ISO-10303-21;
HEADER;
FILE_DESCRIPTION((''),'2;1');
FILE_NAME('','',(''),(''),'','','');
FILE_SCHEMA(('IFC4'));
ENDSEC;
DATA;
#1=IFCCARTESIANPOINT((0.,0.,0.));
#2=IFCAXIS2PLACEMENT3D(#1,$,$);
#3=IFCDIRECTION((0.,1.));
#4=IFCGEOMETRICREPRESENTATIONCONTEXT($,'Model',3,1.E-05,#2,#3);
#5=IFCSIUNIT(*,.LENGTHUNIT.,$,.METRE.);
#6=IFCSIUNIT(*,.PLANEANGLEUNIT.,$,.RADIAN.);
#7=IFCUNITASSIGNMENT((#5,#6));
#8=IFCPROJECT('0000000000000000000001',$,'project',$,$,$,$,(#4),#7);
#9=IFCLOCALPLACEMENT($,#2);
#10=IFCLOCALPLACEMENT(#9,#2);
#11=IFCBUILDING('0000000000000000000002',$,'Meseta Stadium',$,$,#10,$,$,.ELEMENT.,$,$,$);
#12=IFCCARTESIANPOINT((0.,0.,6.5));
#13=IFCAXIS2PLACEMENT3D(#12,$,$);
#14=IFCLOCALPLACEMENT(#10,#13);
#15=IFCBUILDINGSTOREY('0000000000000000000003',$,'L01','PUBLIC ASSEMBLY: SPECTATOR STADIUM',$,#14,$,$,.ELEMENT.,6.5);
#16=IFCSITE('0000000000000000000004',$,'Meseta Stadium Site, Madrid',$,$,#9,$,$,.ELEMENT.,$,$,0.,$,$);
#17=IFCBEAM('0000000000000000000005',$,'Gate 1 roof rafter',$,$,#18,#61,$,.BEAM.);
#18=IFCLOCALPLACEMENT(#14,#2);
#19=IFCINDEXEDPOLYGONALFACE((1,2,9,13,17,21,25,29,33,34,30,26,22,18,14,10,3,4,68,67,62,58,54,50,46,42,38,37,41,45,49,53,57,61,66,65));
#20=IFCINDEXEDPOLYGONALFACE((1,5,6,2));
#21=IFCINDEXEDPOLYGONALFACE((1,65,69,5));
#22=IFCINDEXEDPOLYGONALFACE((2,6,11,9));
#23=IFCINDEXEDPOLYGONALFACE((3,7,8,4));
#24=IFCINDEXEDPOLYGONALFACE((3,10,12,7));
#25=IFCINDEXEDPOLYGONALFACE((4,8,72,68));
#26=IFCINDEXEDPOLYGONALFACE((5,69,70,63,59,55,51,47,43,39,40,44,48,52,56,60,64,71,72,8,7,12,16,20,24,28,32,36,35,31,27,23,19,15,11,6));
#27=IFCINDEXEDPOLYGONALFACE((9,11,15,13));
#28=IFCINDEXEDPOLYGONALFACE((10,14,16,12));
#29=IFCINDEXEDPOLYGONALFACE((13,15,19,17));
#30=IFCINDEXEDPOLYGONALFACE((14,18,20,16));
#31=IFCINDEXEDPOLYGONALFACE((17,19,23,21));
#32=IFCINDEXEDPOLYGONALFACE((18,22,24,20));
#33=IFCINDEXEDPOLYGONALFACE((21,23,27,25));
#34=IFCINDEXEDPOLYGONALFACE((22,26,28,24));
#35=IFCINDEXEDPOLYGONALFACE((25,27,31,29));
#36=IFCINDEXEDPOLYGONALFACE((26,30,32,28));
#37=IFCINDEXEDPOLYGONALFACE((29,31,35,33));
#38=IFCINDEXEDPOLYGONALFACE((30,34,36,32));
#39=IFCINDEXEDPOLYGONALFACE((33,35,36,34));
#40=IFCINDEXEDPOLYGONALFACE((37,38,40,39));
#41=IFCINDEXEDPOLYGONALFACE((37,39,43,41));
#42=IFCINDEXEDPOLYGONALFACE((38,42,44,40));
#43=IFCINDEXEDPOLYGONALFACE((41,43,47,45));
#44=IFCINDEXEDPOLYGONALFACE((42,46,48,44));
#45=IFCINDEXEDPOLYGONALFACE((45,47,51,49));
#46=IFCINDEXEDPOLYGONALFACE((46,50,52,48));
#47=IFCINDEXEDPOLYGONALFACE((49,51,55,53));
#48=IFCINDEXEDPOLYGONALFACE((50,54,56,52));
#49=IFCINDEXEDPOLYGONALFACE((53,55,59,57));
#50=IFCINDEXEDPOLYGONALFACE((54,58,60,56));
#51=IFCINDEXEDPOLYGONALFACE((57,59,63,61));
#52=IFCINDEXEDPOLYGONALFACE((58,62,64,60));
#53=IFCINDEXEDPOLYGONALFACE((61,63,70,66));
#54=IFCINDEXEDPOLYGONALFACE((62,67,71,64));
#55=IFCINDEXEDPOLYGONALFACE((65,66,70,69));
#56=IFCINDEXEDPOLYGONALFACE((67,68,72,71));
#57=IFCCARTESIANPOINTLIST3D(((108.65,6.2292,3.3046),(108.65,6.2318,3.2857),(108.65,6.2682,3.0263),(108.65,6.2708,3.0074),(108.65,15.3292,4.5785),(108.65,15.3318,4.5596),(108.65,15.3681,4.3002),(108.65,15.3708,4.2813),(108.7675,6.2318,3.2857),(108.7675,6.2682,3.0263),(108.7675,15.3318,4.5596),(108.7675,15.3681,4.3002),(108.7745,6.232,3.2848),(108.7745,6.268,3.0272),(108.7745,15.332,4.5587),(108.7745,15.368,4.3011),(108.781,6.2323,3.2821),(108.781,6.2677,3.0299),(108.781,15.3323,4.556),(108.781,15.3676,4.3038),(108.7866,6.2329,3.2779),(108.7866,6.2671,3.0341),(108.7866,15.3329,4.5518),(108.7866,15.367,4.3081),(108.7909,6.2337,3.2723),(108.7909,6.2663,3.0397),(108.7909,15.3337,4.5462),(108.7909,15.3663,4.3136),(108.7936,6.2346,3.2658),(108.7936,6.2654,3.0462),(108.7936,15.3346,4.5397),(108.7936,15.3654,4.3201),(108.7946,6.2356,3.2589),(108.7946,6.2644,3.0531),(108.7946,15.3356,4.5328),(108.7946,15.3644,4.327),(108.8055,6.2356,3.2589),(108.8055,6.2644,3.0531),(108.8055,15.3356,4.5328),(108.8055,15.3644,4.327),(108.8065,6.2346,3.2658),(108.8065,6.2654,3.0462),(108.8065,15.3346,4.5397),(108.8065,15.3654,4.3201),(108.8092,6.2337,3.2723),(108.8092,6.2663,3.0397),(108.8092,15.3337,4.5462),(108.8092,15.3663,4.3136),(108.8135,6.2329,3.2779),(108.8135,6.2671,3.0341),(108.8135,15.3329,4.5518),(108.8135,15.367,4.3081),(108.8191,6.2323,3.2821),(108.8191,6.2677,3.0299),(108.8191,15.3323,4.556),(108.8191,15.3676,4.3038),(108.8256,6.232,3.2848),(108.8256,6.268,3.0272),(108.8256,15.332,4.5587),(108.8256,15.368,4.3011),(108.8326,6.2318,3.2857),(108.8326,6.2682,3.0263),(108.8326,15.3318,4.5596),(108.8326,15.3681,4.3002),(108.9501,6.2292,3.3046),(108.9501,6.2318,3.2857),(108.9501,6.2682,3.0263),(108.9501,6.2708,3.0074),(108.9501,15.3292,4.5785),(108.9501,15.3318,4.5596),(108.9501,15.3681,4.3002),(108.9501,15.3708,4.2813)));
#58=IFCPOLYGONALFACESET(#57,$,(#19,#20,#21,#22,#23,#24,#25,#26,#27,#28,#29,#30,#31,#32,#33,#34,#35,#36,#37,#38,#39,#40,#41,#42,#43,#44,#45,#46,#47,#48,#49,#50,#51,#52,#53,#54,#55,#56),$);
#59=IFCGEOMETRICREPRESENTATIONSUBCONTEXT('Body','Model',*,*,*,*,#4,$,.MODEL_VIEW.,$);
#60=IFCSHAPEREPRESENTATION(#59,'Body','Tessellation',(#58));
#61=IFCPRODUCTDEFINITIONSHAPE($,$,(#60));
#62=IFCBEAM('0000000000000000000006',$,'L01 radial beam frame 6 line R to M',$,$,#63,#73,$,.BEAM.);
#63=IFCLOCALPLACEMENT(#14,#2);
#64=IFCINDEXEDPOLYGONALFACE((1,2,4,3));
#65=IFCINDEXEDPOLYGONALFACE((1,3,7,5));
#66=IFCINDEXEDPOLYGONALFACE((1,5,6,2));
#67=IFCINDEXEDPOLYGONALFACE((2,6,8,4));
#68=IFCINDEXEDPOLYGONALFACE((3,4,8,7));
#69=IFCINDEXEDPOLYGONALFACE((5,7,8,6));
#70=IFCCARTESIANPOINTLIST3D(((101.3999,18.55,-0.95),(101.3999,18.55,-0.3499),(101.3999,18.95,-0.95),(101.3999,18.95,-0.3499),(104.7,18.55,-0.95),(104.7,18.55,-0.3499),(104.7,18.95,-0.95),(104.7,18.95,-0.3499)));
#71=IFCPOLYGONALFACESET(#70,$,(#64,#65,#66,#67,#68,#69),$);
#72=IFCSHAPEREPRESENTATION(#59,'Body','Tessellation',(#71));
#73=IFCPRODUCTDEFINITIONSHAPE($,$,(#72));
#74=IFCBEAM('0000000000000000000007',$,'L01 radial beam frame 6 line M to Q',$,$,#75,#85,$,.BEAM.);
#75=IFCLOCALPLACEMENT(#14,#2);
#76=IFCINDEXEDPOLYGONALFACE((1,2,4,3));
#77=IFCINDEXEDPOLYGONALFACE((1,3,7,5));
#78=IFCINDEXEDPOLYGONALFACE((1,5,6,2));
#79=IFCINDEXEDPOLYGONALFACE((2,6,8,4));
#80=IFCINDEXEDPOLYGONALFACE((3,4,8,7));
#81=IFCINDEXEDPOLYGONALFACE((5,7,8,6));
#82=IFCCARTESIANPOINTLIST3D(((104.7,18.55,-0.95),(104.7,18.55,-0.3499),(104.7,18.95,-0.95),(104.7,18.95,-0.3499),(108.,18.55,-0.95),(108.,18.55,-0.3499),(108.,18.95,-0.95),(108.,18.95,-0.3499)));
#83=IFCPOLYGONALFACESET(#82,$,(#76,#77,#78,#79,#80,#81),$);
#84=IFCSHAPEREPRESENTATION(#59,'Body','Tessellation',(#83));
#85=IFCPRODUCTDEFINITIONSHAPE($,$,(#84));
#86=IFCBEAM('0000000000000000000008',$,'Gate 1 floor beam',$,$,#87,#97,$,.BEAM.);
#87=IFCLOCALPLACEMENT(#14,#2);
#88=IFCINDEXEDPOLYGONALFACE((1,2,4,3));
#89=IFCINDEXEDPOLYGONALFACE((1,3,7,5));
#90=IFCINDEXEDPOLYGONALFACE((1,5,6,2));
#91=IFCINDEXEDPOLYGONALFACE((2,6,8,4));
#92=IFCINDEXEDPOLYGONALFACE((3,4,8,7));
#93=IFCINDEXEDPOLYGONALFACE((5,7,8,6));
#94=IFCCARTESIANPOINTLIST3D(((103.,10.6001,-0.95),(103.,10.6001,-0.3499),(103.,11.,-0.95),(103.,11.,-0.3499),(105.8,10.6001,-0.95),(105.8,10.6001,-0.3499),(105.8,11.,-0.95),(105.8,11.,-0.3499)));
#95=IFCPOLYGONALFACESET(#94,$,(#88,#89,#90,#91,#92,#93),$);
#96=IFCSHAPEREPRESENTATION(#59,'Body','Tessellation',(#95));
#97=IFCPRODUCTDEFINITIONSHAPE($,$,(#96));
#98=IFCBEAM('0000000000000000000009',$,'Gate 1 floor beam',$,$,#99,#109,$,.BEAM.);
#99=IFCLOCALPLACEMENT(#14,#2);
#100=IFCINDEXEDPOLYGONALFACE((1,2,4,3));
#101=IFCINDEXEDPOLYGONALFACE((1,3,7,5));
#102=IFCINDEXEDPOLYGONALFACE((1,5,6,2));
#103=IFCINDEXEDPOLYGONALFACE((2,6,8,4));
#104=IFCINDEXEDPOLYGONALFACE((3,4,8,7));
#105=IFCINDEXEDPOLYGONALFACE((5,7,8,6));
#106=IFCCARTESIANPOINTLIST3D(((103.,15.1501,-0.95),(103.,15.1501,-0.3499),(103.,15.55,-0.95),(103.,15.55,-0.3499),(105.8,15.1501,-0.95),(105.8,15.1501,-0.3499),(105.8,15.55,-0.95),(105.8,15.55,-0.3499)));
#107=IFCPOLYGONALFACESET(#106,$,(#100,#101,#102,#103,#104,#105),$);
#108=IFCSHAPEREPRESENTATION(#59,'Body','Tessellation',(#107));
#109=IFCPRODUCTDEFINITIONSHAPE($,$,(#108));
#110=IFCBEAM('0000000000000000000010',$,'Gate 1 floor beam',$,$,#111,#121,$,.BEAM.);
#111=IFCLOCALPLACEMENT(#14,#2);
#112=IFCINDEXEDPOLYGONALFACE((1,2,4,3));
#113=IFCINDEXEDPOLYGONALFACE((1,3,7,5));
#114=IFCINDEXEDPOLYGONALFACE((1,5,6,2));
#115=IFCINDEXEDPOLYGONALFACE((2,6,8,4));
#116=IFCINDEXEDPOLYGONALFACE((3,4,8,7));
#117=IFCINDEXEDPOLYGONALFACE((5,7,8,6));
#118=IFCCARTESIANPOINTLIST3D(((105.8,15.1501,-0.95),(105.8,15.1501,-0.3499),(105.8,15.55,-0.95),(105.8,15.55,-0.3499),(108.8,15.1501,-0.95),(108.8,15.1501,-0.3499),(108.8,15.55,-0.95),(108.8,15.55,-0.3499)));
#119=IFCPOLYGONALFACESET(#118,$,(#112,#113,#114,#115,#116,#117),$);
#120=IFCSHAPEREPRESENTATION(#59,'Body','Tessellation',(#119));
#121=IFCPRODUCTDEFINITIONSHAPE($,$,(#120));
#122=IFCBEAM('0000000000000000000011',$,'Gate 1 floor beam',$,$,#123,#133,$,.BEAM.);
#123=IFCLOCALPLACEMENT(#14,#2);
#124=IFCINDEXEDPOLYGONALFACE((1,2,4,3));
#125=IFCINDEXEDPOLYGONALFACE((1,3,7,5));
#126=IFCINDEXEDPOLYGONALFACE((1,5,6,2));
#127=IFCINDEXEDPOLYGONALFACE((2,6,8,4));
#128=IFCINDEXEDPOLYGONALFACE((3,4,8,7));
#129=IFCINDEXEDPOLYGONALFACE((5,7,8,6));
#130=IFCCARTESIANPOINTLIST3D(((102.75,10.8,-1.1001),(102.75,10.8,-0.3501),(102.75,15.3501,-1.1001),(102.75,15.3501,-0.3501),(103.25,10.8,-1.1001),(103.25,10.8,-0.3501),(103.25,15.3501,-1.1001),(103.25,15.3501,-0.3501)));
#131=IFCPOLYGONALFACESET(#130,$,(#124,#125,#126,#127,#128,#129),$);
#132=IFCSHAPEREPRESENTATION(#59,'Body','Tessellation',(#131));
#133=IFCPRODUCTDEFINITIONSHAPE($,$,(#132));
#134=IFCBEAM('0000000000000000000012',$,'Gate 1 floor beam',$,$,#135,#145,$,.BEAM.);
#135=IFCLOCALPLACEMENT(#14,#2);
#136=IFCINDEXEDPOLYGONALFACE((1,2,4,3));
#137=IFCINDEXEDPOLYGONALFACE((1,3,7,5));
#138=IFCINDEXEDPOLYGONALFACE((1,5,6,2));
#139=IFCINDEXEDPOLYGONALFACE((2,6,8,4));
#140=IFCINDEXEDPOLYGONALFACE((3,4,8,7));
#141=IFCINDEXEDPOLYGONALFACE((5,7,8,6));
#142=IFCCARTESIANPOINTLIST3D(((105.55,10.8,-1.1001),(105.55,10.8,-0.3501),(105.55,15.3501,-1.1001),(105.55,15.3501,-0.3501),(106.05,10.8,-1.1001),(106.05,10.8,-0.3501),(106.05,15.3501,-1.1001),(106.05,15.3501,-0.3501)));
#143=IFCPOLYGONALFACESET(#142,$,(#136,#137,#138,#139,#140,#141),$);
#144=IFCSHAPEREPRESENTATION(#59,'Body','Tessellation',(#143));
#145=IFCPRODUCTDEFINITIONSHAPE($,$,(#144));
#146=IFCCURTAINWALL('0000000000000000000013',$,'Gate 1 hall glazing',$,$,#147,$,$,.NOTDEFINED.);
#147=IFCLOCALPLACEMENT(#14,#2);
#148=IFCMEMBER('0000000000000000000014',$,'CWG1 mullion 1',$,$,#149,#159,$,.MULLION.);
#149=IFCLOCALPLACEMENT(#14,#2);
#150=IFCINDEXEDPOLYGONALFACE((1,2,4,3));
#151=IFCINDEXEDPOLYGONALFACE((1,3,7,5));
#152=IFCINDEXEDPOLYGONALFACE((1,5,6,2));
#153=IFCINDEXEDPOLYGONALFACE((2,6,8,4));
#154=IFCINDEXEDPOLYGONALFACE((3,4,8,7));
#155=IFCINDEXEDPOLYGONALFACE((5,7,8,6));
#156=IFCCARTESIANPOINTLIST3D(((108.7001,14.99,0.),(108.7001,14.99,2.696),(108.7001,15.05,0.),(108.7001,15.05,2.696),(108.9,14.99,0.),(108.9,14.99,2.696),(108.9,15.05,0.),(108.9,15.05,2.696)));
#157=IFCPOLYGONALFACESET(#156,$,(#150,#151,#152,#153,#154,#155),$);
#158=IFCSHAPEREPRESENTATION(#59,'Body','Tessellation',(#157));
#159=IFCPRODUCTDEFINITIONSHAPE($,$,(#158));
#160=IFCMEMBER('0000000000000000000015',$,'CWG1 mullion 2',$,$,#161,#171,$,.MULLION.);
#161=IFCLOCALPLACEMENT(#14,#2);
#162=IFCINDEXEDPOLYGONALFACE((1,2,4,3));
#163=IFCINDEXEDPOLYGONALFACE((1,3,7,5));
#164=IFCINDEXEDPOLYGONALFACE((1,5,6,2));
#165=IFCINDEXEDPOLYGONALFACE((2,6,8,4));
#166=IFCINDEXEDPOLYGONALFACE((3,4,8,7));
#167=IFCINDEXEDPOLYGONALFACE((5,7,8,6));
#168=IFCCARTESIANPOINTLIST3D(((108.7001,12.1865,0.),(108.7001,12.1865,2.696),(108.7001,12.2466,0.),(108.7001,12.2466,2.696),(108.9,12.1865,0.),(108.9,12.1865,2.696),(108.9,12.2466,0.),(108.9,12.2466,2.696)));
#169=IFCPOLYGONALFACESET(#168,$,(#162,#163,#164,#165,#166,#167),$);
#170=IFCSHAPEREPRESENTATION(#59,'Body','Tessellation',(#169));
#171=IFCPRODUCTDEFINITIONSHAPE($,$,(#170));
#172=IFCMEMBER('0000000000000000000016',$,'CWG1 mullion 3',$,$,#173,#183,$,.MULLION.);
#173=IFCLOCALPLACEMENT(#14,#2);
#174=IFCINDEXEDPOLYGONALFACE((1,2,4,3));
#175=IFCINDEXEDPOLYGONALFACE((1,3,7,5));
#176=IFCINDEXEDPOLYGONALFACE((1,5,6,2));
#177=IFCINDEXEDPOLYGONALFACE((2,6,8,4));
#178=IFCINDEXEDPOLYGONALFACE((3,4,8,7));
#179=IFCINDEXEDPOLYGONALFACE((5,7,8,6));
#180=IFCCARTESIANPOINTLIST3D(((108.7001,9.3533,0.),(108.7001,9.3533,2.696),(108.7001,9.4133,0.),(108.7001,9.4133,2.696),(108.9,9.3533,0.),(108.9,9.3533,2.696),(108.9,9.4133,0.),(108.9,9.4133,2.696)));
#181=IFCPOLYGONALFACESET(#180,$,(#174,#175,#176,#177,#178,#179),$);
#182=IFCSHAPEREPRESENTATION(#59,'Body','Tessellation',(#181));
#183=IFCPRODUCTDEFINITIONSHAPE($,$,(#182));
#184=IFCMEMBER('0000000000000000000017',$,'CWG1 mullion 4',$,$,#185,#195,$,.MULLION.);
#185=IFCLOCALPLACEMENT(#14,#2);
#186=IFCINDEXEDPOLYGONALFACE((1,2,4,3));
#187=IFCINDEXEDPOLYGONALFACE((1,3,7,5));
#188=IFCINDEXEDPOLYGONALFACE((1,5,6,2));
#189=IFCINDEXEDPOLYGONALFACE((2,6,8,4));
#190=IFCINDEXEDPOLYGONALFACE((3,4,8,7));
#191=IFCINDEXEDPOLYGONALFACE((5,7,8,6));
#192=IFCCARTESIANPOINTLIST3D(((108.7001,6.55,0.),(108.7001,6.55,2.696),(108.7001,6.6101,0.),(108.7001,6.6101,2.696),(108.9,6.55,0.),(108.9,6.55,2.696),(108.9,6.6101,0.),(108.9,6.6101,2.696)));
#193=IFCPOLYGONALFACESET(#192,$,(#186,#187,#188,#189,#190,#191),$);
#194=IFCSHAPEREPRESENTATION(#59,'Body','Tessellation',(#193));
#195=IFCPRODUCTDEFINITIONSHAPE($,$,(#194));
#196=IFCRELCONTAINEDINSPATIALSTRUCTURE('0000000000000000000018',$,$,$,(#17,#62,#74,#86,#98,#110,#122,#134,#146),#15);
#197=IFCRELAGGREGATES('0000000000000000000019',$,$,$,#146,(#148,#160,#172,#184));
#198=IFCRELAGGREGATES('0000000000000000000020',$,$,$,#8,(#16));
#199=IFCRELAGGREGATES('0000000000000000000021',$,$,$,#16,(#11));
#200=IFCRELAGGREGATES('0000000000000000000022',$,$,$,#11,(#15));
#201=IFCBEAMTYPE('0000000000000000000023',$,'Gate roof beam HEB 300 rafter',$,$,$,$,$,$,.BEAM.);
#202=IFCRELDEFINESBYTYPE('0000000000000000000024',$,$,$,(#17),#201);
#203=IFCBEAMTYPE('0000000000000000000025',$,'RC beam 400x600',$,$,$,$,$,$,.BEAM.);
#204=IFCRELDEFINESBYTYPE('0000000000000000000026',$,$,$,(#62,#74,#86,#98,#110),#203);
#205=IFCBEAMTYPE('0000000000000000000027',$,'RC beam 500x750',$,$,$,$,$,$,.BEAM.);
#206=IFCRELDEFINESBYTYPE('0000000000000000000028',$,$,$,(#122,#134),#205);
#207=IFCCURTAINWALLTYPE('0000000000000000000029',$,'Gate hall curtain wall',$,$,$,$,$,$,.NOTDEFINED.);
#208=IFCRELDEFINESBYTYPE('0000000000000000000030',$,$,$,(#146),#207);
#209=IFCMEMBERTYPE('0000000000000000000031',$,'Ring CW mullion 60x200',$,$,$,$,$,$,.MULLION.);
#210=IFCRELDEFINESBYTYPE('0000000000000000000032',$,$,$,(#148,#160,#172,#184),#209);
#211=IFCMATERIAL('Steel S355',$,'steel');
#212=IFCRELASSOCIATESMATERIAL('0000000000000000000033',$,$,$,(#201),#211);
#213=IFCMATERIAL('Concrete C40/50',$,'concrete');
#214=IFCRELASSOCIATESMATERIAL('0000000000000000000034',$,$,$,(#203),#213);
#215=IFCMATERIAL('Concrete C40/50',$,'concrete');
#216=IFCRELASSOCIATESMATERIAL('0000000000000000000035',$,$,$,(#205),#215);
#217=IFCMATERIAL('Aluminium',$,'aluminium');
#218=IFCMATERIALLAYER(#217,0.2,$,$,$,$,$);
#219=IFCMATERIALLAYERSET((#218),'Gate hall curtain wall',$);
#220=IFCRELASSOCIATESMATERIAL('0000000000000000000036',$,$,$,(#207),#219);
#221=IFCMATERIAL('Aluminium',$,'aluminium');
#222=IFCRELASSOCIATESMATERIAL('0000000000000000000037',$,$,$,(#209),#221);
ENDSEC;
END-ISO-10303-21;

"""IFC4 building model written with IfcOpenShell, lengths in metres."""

from ifc_helpers import new_model, si_unit, direction, frame, origin, origin_2d, place, context, subcontext, project, spatial, rectangle, i_section, extrude, material, layer, layer_set, material_profile, profile_set, type_object, element, aggregate, save


model = new_model("IFC4")

# Units and contexts
model_context = context("Model", 3, precision=1e-05, world=origin(), true_north=direction((0.0, 1.0)))
body_context = subcontext(model_context, "Body", "Model", "MODEL_VIEW")
ifc_project = project(units=[si_unit("LENGTHUNIT", "METRE"), si_unit("PLANEANGLEUNIT", "RADIAN")], contexts=[model_context])

# Site, building, storey
site_placement = place(None, origin())
site = spatial("IfcSite", under=ifc_project, at=site_placement, Name="Meseta Stadium Site, Madrid", CompositionType="ELEMENT", RefElevation=0.0)
building_placement = place(site_placement, origin())
building = spatial("IfcBuilding", under=site, at=building_placement, Name="Meseta Stadium", CompositionType="ELEMENT")
storey_placement = place(building_placement, frame((0.0, 0.0, 6.5)))
storey = spatial("IfcBuildingStorey", under=building, at=storey_placement, Name="L01", Description="PUBLIC ASSEMBLY: SPECTATOR STADIUM", CompositionType="ELEMENT", Elevation=6.5)

# Beams
ifc_material_1 = material(Name="Steel S355", Category="steel")
ifc_material_profile_1 = material_profile(ifc_material_1, i_section(OverallWidth=0.3, OverallDepth=0.3, WebThickness=0.011, FlangeThickness=0.019, FilletRadius=0.0271, at=origin_2d()), Name="HEB 300")
ifc_profile_set_1 = profile_set([ifc_material_profile_1], Name="Steel S355")
beam_type_1 = type_object("IfcBeamType", Name="Gate roof beam HEB 300 rafter", PredefinedType="BEAM", material=ifc_profile_set_1)
beam_1_placement = place(storey_placement, frame((108.8, 6.25, 3.156), z_axis=(0.0, 0.990343, 0.138638), x_axis=(-1.0, 0.0, 0.0)))
element("IfcBeam", 1, at=beam_1_placement, inside=storey, type_object=beam_type_1, Name="Gate 1 roof rafter", PredefinedType="BEAM", context=body_context, shape_type="SweptSolid", body=[
    extrude(i_section(OverallWidth=0.3, OverallDepth=0.3, WebThickness=0.011, FlangeThickness=0.019, FilletRadius=0.0271, at=origin_2d()), origin(), (0.0, 0.0, 1.0), 9.1887),
])
ifc_material_2 = material(Name="Concrete C40/50", Category="concrete")
ifc_material_profile_2 = material_profile(ifc_material_2, rectangle(XDim=0.3999, YDim=0.6001, at=origin_2d()), Name="RC 400x600")
ifc_profile_set_2 = profile_set([ifc_material_profile_2], Name="Concrete C40/50")
beam_type_2 = type_object("IfcBeamType", Name="RC beam 400x600", PredefinedType="BEAM", material=ifc_profile_set_2)
for number, where, z_axis, x_axis, name in (
    (2, (101.3999, 18.75, -0.6499), (1.0, 0.0, 0.0), (0.0, 1.0, 0.0), "L01 radial beam frame 6 line R to M"),
    (3, (104.7, 18.75, -0.6499), (1.0, 0.0, 0.0), (0.0, 1.0, 0.0), "L01 radial beam frame 6 line M to Q"),
):
    element("IfcBeam", number, at=place(storey_placement, frame(where, z_axis=z_axis, x_axis=x_axis)), inside=storey, type_object=beam_type_2, Name=name, PredefinedType="BEAM", context=body_context, shape_type="SweptSolid", body=[
        extrude(rectangle(XDim=0.3999, YDim=0.6001, at=origin_2d()), origin(), (0.0, 0.0, 1.0), 3.3),
    ])
for number, where, z_axis, x_axis, name in (
    (4, (103.0, 10.8, -0.6499), (1.0, 0.0, 0.0), (0.0, 1.0, 0.0), "Gate 1 floor beam"),
    (5, (103.0, 15.3501, -0.6499), (1.0, 0.0, 0.0), (0.0, 1.0, 0.0), "Gate 1 floor beam"),
):
    element("IfcBeam", number, at=place(storey_placement, frame(where, z_axis=z_axis, x_axis=x_axis)), inside=storey, type_object=beam_type_2, Name=name, PredefinedType="BEAM", context=body_context, shape_type="SweptSolid", body=[
        extrude(rectangle(XDim=0.3999, YDim=0.6001, at=origin_2d()), origin(), (0.0, 0.0, 1.0), 2.8),
    ])
beam_2_placement = place(storey_placement, frame((105.8, 15.3501, -0.6499), z_axis=(1.0, 0.0, 0.0), x_axis=(0.0, 1.0, 0.0)))
element("IfcBeam", 6, at=beam_2_placement, inside=storey, type_object=beam_type_2, Name="Gate 1 floor beam", PredefinedType="BEAM", context=body_context, shape_type="SweptSolid", body=[
    extrude(rectangle(XDim=0.3999, YDim=0.6001, at=origin_2d()), origin(), (0.0, 0.0, 1.0), 3.0),
])
ifc_material_3 = material(Name="Concrete C40/50", Category="concrete")
ifc_material_profile_3 = material_profile(ifc_material_3, rectangle(XDim=0.5, YDim=0.75, at=origin_2d()), Name="RC 500x750")
ifc_profile_set_3 = profile_set([ifc_material_profile_3], Name="Concrete C40/50")
beam_type_3 = type_object("IfcBeamType", Name="RC beam 500x750", PredefinedType="BEAM", material=ifc_profile_set_3)
for number, where, z_axis, x_axis, name in (
    (7, (103.0, 10.8, -0.7251), (0.0, 1.0, 0.0), (-1.0, 0.0, 0.0), "Gate 1 floor beam"),
    (8, (105.8, 10.8, -0.7251), (0.0, 1.0, 0.0), (-1.0, 0.0, 0.0), "Gate 1 floor beam"),
):
    element("IfcBeam", number, at=place(storey_placement, frame(where, z_axis=z_axis, x_axis=x_axis)), inside=storey, type_object=beam_type_3, Name=name, PredefinedType="BEAM", context=body_context, shape_type="SweptSolid", body=[
        extrude(rectangle(XDim=0.5, YDim=0.75, at=origin_2d()), origin(), (0.0, 0.0, 1.0), 4.55),
    ])

# Curtain wall, members
ifc_material_4 = material(Name="Aluminium", Category="aluminium")
ifc_layer_1 = layer(ifc_material_4, 0.2)
ifc_layer_set_1 = layer_set([ifc_layer_1], Name="Gate hall curtain wall")
curtain_wall_type = type_object("IfcCurtainWallType", Name="Gate hall curtain wall", PredefinedType="NOTDEFINED", material=ifc_layer_set_1)
curtain_wall_placement = place(storey_placement, origin())
curtain_wall = element("IfcCurtainWall", 9, at=curtain_wall_placement, inside=storey, type_object=curtain_wall_type, Name="Gate 1 hall glazing", PredefinedType="NOTDEFINED")
ifc_material_5 = material(Name="Aluminium", Category="aluminium")
ifc_material_profile_4 = material_profile(ifc_material_5, rectangle(XDim=0.2, YDim=0.0601, at=origin_2d()), Name="CW 200x60")
ifc_profile_set_4 = profile_set([ifc_material_profile_4], Name="Aluminium")
member_type_1 = type_object("IfcMemberType", Name="Ring CW mullion 60x200", PredefinedType="MULLION", material=ifc_profile_set_4)
member_1_placement = place(storey_placement, frame((108.8, 15.02, 0.0), z_axis=(0.0, 0.0, 1.0), x_axis=(1.0, 0.0, 0.0)))
member_1 = element("IfcMember", 10, at=member_1_placement, type_object=member_type_1, Name="CWG1 mullion 1", PredefinedType="MULLION", context=body_context, shape_type="SweptSolid", body=[
    extrude(rectangle(XDim=0.2, YDim=0.0601, at=origin_2d()), origin(), (0.0, 0.0, 1.0), 2.696),
])
member_2_placement = place(storey_placement, frame((108.8, 12.2166, 0.0), z_axis=(0.0, 0.0, 1.0), x_axis=(1.0, 0.0, 0.0)))
member_2 = element("IfcMember", 11, at=member_2_placement, type_object=member_type_1, Name="CWG1 mullion 2", PredefinedType="MULLION", context=body_context, shape_type="SweptSolid", body=[
    extrude(rectangle(XDim=0.2, YDim=0.0601, at=origin_2d()), origin(), (0.0, 0.0, 1.0), 2.696),
])
member_3_placement = place(storey_placement, frame((108.8, 9.3833, 0.0), z_axis=(0.0, 0.0, 1.0), x_axis=(1.0, 0.0, 0.0)))
member_3 = element("IfcMember", 12, at=member_3_placement, type_object=member_type_1, Name="CWG1 mullion 3", PredefinedType="MULLION", context=body_context, shape_type="SweptSolid", body=[
    extrude(rectangle(XDim=0.2, YDim=0.0601, at=origin_2d()), origin(), (0.0, 0.0, 1.0), 2.696),
])
member_4_placement = place(storey_placement, frame((108.8, 6.5801, 0.0), z_axis=(0.0, 0.0, 1.0), x_axis=(1.0, 0.0, 0.0)))
member_4 = element("IfcMember", 13, at=member_4_placement, type_object=member_type_1, Name="CWG1 mullion 4", PredefinedType="MULLION", context=body_context, shape_type="SweptSolid", body=[
    extrude(rectangle(XDim=0.2, YDim=0.0601, at=origin_2d()), origin(), (0.0, 0.0, 1.0), 2.696),
])
aggregate(curtain_wall, [member_1, member_2, member_3, member_4])

save(model, "model.ifc")
